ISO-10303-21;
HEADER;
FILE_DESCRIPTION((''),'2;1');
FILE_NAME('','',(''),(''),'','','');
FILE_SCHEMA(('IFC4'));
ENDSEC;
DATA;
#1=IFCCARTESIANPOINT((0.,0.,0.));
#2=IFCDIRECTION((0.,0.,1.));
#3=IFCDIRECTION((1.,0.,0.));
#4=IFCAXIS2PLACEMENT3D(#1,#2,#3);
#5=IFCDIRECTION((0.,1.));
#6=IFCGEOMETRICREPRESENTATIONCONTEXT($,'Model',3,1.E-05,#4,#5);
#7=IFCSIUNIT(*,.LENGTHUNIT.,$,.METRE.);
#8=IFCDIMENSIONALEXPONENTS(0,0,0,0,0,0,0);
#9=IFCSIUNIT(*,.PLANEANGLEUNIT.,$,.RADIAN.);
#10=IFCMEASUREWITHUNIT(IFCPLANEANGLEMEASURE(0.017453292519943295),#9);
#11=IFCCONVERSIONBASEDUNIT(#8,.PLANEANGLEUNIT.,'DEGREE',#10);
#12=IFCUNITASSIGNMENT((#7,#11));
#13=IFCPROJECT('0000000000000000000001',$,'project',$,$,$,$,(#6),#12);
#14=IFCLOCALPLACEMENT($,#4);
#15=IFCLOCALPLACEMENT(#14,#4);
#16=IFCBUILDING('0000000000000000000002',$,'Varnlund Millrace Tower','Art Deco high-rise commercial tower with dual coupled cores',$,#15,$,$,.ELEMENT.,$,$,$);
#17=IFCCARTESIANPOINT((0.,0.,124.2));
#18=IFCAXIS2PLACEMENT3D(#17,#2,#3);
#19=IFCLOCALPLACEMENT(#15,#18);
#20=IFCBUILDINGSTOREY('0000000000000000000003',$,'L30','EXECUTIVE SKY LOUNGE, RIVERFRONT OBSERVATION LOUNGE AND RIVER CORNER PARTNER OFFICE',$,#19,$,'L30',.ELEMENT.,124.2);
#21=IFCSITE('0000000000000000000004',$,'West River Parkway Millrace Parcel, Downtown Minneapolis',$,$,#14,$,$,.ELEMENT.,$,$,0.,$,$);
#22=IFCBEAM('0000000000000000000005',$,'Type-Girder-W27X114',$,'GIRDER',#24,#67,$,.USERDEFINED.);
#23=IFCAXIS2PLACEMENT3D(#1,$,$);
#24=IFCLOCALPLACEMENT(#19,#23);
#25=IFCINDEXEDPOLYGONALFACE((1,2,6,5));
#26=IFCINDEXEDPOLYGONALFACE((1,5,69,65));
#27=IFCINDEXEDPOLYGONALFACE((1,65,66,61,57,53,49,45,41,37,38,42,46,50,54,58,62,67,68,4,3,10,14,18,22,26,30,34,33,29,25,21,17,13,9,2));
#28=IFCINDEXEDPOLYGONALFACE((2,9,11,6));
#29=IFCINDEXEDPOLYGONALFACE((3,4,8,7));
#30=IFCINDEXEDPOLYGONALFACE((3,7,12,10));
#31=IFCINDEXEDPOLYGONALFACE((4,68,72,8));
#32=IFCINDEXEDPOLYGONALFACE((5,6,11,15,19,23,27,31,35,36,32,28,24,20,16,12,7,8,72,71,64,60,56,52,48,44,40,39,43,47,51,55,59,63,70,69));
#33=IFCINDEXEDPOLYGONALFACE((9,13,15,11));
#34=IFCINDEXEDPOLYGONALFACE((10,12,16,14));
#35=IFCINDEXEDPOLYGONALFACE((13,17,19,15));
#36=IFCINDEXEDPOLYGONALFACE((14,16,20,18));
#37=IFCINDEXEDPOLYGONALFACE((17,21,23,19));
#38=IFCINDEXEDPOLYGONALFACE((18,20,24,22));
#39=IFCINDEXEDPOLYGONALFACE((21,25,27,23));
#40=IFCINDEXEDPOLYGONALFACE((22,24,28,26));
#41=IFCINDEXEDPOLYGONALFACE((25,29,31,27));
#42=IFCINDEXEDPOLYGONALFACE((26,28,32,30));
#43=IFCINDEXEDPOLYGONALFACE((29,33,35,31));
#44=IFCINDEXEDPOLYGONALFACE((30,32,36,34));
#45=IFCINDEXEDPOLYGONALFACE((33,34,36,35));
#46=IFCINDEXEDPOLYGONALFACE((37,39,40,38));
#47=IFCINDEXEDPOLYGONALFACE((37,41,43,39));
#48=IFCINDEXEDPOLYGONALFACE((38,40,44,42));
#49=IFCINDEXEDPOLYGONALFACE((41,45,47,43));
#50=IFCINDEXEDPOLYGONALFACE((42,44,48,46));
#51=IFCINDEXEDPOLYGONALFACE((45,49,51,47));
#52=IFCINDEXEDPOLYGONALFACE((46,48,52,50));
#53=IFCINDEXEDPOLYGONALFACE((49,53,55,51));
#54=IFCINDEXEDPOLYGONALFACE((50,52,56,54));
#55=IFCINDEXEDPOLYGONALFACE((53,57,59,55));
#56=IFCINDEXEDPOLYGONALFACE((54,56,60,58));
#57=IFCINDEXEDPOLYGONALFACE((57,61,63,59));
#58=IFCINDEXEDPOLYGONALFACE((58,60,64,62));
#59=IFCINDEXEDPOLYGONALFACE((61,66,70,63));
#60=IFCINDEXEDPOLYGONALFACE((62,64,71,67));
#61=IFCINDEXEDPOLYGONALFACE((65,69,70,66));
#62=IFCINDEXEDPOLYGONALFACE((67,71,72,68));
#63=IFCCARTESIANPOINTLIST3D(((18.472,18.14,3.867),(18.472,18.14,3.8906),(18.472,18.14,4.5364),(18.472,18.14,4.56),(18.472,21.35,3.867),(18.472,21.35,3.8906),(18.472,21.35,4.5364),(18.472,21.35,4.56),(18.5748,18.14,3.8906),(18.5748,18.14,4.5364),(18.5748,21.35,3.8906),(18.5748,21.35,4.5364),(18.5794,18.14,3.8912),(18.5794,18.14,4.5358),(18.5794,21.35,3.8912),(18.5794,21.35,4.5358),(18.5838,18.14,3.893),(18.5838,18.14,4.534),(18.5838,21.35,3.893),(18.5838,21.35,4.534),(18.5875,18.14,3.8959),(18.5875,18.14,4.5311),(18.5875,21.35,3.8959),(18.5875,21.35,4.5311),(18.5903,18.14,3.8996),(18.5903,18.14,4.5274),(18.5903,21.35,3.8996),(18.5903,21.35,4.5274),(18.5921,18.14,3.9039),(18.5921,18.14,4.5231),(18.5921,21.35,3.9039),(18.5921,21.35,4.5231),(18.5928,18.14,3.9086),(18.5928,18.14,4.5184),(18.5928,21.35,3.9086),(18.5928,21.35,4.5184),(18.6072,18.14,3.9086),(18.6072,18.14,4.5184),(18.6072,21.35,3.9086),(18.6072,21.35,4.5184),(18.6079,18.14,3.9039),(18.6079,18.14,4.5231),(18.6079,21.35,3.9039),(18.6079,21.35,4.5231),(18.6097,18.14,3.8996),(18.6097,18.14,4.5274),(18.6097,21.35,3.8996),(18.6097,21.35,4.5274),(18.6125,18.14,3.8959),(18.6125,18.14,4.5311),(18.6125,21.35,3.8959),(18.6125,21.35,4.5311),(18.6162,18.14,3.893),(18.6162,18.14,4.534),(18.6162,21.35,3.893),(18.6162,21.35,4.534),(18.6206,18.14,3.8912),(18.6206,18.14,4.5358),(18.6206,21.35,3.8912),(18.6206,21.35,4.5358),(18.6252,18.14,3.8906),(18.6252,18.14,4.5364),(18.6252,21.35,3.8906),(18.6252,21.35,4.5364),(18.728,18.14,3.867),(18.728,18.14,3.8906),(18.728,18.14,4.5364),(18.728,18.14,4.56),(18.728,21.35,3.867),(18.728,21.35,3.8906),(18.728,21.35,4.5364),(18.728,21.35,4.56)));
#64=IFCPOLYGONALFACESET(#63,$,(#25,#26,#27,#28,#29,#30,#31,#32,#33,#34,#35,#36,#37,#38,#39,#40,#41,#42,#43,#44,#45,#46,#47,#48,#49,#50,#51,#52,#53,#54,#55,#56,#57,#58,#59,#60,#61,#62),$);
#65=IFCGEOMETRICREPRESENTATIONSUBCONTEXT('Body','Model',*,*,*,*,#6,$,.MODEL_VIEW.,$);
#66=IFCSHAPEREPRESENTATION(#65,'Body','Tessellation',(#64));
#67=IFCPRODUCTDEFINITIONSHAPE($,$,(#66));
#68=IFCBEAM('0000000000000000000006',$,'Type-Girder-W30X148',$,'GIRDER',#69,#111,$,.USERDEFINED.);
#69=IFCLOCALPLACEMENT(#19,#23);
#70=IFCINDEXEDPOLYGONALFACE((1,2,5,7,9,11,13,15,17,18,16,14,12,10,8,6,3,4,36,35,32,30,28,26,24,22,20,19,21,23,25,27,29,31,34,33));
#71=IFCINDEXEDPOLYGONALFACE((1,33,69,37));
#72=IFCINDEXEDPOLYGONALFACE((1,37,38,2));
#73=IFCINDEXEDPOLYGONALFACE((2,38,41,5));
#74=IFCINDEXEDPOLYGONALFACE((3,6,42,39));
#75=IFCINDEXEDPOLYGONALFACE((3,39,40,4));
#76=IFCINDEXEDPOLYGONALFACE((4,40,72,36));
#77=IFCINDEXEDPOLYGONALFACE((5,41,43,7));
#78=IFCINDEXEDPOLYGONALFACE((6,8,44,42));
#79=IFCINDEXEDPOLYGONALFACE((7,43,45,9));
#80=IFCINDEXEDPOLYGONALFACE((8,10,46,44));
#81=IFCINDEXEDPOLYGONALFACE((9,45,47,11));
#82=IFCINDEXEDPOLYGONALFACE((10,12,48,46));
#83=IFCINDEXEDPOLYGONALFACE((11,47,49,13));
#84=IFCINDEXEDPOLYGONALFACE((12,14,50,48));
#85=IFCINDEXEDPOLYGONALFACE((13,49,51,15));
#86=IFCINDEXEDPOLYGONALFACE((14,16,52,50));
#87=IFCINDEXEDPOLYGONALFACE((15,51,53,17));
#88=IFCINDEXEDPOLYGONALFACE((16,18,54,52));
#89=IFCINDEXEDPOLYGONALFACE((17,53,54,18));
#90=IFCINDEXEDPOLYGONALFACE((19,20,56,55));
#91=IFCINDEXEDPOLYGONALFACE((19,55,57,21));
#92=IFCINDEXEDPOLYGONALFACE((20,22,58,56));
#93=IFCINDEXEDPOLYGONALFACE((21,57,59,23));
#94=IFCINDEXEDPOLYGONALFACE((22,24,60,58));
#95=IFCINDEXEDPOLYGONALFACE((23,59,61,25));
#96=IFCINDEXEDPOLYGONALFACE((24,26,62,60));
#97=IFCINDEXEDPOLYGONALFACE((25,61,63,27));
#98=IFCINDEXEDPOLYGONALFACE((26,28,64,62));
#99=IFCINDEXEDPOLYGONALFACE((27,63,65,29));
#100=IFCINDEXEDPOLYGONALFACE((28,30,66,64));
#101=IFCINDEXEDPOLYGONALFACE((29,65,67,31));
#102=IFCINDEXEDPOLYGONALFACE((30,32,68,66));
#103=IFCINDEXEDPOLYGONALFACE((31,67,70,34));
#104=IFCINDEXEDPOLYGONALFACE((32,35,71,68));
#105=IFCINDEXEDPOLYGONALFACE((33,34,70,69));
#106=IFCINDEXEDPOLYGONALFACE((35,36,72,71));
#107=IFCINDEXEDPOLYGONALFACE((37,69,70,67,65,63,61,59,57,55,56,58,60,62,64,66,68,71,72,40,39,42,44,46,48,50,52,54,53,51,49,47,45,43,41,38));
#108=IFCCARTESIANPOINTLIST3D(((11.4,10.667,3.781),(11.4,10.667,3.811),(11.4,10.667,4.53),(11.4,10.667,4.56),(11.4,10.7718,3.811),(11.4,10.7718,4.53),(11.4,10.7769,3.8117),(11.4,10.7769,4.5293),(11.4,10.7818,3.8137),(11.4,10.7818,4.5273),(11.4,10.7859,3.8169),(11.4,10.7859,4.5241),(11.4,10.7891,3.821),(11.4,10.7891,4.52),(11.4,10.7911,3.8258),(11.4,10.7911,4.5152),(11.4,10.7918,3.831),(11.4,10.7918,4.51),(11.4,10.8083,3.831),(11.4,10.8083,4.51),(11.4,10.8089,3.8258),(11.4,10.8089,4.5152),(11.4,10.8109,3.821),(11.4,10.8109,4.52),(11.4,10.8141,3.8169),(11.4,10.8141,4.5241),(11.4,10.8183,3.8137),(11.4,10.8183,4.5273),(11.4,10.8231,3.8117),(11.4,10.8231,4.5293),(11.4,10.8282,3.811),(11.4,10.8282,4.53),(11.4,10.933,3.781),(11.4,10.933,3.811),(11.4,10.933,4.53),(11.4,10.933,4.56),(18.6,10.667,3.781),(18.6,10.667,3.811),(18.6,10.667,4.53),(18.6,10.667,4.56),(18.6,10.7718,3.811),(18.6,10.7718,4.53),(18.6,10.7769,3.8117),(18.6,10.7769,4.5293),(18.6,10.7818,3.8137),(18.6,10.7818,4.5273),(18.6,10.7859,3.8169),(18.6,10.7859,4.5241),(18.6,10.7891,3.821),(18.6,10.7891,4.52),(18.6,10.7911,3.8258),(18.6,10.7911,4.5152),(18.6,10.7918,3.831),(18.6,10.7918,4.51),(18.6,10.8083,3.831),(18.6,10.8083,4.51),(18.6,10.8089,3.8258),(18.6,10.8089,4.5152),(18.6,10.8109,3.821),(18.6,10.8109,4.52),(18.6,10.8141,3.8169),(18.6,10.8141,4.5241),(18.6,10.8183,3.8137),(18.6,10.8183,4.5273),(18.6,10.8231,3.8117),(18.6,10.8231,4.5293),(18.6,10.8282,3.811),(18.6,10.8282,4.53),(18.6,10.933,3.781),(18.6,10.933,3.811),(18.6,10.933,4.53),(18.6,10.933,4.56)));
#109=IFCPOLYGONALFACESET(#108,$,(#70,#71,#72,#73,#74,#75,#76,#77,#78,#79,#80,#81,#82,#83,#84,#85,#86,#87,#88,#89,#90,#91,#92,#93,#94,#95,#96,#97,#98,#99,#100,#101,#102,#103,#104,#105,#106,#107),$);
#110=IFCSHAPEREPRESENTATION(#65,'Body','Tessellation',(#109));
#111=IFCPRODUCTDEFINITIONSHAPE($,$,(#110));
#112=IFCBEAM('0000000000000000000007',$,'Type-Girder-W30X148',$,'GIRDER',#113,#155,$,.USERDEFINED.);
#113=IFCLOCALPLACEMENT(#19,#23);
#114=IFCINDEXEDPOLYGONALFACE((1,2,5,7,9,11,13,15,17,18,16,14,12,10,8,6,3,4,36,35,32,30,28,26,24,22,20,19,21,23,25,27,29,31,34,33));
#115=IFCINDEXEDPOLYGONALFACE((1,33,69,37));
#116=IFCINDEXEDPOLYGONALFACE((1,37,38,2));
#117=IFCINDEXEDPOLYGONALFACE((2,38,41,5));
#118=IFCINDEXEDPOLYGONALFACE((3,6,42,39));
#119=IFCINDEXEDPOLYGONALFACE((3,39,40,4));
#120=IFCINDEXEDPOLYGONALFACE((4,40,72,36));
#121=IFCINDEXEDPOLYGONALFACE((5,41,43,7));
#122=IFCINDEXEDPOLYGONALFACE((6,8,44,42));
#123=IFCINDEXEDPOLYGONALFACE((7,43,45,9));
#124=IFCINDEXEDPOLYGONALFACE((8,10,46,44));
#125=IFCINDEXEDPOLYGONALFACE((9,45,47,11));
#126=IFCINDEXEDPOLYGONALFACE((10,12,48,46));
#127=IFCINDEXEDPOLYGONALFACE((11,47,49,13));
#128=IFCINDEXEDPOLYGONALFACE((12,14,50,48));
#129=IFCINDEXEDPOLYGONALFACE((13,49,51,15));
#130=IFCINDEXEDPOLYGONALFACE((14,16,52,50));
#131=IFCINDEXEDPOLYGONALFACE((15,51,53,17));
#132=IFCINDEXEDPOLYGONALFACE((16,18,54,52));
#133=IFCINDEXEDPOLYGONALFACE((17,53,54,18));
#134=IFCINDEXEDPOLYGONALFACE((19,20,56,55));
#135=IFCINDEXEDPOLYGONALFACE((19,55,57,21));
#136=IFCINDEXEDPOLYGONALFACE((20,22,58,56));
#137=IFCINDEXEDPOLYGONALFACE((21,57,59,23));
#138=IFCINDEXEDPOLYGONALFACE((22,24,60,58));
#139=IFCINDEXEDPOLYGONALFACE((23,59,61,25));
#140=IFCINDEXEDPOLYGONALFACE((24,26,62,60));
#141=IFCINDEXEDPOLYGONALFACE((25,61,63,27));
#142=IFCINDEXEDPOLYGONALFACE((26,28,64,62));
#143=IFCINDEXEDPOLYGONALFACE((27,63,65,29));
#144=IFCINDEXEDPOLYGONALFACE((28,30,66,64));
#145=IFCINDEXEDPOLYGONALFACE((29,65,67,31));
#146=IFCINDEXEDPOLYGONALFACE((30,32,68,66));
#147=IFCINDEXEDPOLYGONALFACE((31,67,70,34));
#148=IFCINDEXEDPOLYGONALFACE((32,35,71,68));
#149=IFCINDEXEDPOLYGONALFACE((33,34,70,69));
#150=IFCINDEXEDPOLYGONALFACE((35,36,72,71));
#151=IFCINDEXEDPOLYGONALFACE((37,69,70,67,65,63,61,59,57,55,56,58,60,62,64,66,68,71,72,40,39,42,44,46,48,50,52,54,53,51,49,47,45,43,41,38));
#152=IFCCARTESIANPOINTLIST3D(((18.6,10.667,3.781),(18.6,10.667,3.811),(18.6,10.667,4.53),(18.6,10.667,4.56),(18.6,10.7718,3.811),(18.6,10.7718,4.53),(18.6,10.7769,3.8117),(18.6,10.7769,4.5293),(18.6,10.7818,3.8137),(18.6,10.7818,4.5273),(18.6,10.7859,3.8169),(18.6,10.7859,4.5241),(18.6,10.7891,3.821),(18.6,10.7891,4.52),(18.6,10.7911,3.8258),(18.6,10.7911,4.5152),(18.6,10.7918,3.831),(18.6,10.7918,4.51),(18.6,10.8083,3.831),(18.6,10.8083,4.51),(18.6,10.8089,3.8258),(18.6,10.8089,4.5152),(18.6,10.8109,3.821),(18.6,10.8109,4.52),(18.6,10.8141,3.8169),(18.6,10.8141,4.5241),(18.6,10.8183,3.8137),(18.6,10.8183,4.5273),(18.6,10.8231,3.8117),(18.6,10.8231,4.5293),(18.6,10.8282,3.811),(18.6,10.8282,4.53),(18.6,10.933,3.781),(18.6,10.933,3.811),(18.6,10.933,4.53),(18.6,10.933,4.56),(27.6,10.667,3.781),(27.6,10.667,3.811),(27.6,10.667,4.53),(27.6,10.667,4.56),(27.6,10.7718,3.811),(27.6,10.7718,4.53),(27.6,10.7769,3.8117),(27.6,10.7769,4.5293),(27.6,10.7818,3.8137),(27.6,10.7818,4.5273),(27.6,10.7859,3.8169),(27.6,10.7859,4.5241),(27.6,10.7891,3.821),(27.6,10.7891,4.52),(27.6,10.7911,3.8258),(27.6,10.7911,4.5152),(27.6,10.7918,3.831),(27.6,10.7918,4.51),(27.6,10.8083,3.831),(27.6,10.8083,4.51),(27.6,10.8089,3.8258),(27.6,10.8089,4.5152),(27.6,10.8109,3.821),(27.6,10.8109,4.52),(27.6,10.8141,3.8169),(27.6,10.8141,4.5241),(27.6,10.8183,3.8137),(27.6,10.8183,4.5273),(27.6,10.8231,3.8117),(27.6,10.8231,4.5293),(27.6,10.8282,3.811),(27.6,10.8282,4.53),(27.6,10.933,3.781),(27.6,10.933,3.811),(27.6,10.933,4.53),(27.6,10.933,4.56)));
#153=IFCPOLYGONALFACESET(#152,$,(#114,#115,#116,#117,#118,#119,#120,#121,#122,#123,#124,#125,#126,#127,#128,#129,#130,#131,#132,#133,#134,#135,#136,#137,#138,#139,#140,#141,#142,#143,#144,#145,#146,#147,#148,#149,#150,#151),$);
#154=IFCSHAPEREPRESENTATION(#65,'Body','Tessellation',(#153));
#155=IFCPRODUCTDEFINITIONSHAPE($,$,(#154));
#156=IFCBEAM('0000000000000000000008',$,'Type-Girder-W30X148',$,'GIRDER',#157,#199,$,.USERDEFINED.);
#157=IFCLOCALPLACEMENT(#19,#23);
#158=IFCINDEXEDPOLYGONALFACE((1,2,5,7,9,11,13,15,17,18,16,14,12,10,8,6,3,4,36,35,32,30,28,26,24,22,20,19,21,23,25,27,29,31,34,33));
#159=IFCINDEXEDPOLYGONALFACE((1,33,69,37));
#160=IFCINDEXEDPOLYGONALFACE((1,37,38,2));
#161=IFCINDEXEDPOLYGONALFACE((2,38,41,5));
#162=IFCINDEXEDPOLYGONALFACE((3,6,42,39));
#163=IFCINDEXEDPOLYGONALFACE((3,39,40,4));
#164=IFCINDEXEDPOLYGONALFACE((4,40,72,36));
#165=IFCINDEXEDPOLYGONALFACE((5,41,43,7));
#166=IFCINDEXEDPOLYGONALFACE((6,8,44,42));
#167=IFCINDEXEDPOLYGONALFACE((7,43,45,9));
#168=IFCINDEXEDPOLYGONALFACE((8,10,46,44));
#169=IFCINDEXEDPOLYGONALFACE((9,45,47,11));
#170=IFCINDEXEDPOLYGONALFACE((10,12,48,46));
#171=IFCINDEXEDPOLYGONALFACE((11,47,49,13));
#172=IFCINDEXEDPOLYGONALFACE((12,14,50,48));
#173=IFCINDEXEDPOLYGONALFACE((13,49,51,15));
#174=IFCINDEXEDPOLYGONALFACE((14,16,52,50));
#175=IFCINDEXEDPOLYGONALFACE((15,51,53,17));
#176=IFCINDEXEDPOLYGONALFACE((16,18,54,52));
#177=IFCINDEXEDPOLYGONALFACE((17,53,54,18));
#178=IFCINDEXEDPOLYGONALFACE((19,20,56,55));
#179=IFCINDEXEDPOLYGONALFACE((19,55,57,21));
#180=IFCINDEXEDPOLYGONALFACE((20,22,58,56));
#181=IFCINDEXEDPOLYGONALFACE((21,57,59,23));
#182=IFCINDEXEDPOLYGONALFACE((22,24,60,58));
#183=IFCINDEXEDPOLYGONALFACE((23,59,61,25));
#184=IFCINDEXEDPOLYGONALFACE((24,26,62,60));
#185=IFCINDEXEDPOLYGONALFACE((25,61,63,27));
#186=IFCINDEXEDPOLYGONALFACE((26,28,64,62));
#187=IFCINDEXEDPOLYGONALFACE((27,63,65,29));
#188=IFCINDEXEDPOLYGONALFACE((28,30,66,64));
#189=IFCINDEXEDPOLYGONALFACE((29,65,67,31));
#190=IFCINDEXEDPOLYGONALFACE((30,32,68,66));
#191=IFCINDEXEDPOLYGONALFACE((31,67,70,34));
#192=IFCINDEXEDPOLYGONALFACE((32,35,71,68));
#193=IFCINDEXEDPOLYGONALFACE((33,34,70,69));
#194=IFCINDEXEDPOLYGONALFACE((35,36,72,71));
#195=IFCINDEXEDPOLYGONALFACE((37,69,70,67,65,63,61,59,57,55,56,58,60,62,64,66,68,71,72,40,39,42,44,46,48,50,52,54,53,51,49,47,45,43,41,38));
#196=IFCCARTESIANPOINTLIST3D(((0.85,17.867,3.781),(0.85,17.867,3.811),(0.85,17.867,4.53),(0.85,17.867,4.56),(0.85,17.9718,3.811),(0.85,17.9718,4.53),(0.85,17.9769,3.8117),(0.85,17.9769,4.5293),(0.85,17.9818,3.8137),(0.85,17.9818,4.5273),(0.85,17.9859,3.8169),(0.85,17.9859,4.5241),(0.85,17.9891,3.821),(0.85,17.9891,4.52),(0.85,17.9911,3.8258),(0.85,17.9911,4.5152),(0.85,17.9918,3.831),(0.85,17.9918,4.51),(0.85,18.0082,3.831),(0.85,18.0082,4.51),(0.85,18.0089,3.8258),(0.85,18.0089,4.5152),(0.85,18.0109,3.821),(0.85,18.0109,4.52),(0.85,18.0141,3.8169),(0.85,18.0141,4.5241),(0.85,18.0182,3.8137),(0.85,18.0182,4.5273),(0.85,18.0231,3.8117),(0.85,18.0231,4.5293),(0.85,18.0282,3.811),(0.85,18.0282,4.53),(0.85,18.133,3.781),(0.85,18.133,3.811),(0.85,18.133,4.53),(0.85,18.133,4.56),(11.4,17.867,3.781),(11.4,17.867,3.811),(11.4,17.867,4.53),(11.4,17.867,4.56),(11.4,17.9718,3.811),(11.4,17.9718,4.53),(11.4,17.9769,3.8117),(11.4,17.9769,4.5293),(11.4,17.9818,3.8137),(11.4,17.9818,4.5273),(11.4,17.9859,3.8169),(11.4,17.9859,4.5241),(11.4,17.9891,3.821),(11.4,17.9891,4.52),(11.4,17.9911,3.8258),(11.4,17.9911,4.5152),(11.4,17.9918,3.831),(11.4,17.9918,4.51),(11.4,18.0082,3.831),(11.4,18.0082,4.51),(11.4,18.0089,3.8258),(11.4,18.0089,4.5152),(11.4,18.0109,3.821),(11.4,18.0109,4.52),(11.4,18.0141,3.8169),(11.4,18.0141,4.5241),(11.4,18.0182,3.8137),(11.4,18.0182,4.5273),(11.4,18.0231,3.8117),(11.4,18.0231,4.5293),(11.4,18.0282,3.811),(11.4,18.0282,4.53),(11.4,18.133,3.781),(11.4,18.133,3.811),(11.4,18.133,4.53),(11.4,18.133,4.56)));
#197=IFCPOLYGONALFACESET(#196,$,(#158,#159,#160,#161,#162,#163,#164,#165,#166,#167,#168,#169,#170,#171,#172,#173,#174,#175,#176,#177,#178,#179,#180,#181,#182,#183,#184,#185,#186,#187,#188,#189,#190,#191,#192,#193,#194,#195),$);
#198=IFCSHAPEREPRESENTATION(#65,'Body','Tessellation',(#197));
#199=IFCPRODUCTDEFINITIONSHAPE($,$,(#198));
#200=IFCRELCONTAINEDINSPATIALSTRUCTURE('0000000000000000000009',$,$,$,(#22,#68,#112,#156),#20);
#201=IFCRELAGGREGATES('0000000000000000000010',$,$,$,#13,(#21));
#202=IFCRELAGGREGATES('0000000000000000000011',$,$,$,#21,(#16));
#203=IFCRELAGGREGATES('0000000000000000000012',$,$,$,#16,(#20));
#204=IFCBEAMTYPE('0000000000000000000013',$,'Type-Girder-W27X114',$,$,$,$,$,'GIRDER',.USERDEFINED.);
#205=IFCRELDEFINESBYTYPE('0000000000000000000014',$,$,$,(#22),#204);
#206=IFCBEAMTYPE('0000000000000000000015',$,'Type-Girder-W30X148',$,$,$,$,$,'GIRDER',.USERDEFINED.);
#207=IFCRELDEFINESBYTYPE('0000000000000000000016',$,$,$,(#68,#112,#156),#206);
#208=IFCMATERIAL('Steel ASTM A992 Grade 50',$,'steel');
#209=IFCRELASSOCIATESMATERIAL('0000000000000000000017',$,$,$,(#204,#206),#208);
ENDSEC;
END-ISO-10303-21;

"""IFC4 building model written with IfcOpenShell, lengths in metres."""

from ifc_helpers import new_model, entity, si_unit, converted_unit, direction, frame, origin_with_axes, origin_2d_with_axis, place, context, subcontext, project, spatial, i_section, extrude, material, material_profile, profile_set, type_object, element, save


model = new_model("IFC4")

# Units and contexts
model_context = context("Model", 3, precision=1e-05, world=origin_with_axes(), true_north=direction((0.0, 1.0)))
body_context = subcontext(model_context, "Body", "Model", "MODEL_VIEW")
ifc_project = project(units=[si_unit("LENGTHUNIT", "METRE"), converted_unit("PLANEANGLEUNIT", "DEGREE", entity("IfcPlaneAngleMeasure", 0.017453292519943295), si_unit("PLANEANGLEUNIT", "RADIAN"), dimensions=[0, 0, 0, 0, 0, 0, 0])], contexts=[model_context])

# Site, building, storey
site_placement = place(None, origin_with_axes())
site = spatial("IfcSite", under=ifc_project, at=site_placement, Name="West River Parkway Millrace Parcel, Downtown Minneapolis", CompositionType="ELEMENT", RefElevation=0.0)
building_placement = place(site_placement, origin_with_axes())
building = spatial("IfcBuilding", under=site, at=building_placement, Name="Varnlund Millrace Tower", Description="Art Deco high-rise commercial tower with dual coupled cores", CompositionType="ELEMENT")
storey_placement = place(building_placement, frame((0.0, 0.0, 124.2), z_axis=(0.0, 0.0, 1.0), x_axis=(1.0, 0.0, 0.0)))
storey = spatial("IfcBuildingStorey", under=building, at=storey_placement, Name="L30", Description="EXECUTIVE SKY LOUNGE, RIVERFRONT OBSERVATION LOUNGE AND RIVER CORNER PARTNER OFFICE", LongName="L30", CompositionType="ELEMENT", Elevation=124.2)

# Beams
ifc_material_1 = material(Name="Steel ASTM A992 Grade 50", Category="steel")
ifc_material_profile_1 = material_profile(ifc_material_1, i_section(OverallWidth=0.256, OverallDepth=0.693, WebThickness=0.0145, FlangeThickness=0.0236, FilletRadius=0.018, at=origin_2d_with_axis()), Name="Steel ASTM A992 Grade 50")
ifc_profile_set_1 = profile_set([ifc_material_profile_1], Name="Steel ASTM A992 Grade 50")
beam_type_1 = type_object("IfcBeamType", Name="Type-Girder-W27X114", ElementType="GIRDER", PredefinedType="USERDEFINED", material=ifc_profile_set_1)
beam_1_placement = place(storey_placement, frame((18.6, 18.14, 4.2135), z_axis=(0.0, 1.0, 0.0), x_axis=(-1.0, 0.0, 0.0)))
element("IfcBeam", 1, at=beam_1_placement, inside=storey, type_object=beam_type_1, Name="Type-Girder-W27X114", ObjectType="GIRDER", PredefinedType="USERDEFINED", context=body_context, shape_type="SweptSolid", body=[
    extrude(i_section(OverallWidth=0.256, OverallDepth=0.693, WebThickness=0.0145, FlangeThickness=0.0236, FilletRadius=0.018, at=origin_2d_with_axis()), origin_with_axes(), (0.0, 0.0, 1.0), 3.21),
])
ifc_material_profile_2 = material_profile(ifc_material_1, i_section(OverallWidth=0.266, OverallDepth=0.779, WebThickness=0.0165, FlangeThickness=0.03, FilletRadius=0.02, at=origin_2d_with_axis()), Name="Steel ASTM A992 Grade 50")
ifc_profile_set_2 = profile_set([ifc_material_profile_2], Name="Steel ASTM A992 Grade 50")
beam_type_2 = type_object("IfcBeamType", Name="Type-Girder-W30X148", ElementType="GIRDER", PredefinedType="USERDEFINED", material=ifc_profile_set_2)
beam_2_placement = place(storey_placement, frame((11.4, 10.8, 4.1705), z_axis=(1.0, 0.0, 0.0), x_axis=(0.0, 1.0, 0.0)))
element("IfcBeam", 2, at=beam_2_placement, inside=storey, type_object=beam_type_2, Name="Type-Girder-W30X148", ObjectType="GIRDER", PredefinedType="USERDEFINED", context=body_context, shape_type="SweptSolid", body=[
    extrude(i_section(OverallWidth=0.266, OverallDepth=0.779, WebThickness=0.0165, FlangeThickness=0.03, FilletRadius=0.02, at=origin_2d_with_axis()), origin_with_axes(), (0.0, 0.0, 1.0), 7.2),
])
beam_3_placement = place(storey_placement, frame((18.6, 10.8, 4.1705), z_axis=(1.0, 0.0, 0.0), x_axis=(0.0, 1.0, 0.0)))
element("IfcBeam", 3, at=beam_3_placement, inside=storey, type_object=beam_type_2, Name="Type-Girder-W30X148", ObjectType="GIRDER", PredefinedType="USERDEFINED", context=body_context, shape_type="SweptSolid", body=[
    extrude(i_section(OverallWidth=0.266, OverallDepth=0.779, WebThickness=0.0165, FlangeThickness=0.03, FilletRadius=0.02, at=origin_2d_with_axis()), origin_with_axes(), (0.0, 0.0, 1.0), 9.0),
])
beam_4_placement = place(storey_placement, frame((0.85, 18.0, 4.1705), z_axis=(1.0, 0.0, 0.0), x_axis=(0.0, 1.0, 0.0)))
element("IfcBeam", 4, at=beam_4_placement, inside=storey, type_object=beam_type_2, Name="Type-Girder-W30X148", ObjectType="GIRDER", PredefinedType="USERDEFINED", context=body_context, shape_type="SweptSolid", body=[
    extrude(i_section(OverallWidth=0.266, OverallDepth=0.779, WebThickness=0.0165, FlangeThickness=0.03, FilletRadius=0.02, at=origin_2d_with_axis()), origin_with_axes(), (0.0, 0.0, 1.0), 10.55),
])

save(model, "model.ifc")
